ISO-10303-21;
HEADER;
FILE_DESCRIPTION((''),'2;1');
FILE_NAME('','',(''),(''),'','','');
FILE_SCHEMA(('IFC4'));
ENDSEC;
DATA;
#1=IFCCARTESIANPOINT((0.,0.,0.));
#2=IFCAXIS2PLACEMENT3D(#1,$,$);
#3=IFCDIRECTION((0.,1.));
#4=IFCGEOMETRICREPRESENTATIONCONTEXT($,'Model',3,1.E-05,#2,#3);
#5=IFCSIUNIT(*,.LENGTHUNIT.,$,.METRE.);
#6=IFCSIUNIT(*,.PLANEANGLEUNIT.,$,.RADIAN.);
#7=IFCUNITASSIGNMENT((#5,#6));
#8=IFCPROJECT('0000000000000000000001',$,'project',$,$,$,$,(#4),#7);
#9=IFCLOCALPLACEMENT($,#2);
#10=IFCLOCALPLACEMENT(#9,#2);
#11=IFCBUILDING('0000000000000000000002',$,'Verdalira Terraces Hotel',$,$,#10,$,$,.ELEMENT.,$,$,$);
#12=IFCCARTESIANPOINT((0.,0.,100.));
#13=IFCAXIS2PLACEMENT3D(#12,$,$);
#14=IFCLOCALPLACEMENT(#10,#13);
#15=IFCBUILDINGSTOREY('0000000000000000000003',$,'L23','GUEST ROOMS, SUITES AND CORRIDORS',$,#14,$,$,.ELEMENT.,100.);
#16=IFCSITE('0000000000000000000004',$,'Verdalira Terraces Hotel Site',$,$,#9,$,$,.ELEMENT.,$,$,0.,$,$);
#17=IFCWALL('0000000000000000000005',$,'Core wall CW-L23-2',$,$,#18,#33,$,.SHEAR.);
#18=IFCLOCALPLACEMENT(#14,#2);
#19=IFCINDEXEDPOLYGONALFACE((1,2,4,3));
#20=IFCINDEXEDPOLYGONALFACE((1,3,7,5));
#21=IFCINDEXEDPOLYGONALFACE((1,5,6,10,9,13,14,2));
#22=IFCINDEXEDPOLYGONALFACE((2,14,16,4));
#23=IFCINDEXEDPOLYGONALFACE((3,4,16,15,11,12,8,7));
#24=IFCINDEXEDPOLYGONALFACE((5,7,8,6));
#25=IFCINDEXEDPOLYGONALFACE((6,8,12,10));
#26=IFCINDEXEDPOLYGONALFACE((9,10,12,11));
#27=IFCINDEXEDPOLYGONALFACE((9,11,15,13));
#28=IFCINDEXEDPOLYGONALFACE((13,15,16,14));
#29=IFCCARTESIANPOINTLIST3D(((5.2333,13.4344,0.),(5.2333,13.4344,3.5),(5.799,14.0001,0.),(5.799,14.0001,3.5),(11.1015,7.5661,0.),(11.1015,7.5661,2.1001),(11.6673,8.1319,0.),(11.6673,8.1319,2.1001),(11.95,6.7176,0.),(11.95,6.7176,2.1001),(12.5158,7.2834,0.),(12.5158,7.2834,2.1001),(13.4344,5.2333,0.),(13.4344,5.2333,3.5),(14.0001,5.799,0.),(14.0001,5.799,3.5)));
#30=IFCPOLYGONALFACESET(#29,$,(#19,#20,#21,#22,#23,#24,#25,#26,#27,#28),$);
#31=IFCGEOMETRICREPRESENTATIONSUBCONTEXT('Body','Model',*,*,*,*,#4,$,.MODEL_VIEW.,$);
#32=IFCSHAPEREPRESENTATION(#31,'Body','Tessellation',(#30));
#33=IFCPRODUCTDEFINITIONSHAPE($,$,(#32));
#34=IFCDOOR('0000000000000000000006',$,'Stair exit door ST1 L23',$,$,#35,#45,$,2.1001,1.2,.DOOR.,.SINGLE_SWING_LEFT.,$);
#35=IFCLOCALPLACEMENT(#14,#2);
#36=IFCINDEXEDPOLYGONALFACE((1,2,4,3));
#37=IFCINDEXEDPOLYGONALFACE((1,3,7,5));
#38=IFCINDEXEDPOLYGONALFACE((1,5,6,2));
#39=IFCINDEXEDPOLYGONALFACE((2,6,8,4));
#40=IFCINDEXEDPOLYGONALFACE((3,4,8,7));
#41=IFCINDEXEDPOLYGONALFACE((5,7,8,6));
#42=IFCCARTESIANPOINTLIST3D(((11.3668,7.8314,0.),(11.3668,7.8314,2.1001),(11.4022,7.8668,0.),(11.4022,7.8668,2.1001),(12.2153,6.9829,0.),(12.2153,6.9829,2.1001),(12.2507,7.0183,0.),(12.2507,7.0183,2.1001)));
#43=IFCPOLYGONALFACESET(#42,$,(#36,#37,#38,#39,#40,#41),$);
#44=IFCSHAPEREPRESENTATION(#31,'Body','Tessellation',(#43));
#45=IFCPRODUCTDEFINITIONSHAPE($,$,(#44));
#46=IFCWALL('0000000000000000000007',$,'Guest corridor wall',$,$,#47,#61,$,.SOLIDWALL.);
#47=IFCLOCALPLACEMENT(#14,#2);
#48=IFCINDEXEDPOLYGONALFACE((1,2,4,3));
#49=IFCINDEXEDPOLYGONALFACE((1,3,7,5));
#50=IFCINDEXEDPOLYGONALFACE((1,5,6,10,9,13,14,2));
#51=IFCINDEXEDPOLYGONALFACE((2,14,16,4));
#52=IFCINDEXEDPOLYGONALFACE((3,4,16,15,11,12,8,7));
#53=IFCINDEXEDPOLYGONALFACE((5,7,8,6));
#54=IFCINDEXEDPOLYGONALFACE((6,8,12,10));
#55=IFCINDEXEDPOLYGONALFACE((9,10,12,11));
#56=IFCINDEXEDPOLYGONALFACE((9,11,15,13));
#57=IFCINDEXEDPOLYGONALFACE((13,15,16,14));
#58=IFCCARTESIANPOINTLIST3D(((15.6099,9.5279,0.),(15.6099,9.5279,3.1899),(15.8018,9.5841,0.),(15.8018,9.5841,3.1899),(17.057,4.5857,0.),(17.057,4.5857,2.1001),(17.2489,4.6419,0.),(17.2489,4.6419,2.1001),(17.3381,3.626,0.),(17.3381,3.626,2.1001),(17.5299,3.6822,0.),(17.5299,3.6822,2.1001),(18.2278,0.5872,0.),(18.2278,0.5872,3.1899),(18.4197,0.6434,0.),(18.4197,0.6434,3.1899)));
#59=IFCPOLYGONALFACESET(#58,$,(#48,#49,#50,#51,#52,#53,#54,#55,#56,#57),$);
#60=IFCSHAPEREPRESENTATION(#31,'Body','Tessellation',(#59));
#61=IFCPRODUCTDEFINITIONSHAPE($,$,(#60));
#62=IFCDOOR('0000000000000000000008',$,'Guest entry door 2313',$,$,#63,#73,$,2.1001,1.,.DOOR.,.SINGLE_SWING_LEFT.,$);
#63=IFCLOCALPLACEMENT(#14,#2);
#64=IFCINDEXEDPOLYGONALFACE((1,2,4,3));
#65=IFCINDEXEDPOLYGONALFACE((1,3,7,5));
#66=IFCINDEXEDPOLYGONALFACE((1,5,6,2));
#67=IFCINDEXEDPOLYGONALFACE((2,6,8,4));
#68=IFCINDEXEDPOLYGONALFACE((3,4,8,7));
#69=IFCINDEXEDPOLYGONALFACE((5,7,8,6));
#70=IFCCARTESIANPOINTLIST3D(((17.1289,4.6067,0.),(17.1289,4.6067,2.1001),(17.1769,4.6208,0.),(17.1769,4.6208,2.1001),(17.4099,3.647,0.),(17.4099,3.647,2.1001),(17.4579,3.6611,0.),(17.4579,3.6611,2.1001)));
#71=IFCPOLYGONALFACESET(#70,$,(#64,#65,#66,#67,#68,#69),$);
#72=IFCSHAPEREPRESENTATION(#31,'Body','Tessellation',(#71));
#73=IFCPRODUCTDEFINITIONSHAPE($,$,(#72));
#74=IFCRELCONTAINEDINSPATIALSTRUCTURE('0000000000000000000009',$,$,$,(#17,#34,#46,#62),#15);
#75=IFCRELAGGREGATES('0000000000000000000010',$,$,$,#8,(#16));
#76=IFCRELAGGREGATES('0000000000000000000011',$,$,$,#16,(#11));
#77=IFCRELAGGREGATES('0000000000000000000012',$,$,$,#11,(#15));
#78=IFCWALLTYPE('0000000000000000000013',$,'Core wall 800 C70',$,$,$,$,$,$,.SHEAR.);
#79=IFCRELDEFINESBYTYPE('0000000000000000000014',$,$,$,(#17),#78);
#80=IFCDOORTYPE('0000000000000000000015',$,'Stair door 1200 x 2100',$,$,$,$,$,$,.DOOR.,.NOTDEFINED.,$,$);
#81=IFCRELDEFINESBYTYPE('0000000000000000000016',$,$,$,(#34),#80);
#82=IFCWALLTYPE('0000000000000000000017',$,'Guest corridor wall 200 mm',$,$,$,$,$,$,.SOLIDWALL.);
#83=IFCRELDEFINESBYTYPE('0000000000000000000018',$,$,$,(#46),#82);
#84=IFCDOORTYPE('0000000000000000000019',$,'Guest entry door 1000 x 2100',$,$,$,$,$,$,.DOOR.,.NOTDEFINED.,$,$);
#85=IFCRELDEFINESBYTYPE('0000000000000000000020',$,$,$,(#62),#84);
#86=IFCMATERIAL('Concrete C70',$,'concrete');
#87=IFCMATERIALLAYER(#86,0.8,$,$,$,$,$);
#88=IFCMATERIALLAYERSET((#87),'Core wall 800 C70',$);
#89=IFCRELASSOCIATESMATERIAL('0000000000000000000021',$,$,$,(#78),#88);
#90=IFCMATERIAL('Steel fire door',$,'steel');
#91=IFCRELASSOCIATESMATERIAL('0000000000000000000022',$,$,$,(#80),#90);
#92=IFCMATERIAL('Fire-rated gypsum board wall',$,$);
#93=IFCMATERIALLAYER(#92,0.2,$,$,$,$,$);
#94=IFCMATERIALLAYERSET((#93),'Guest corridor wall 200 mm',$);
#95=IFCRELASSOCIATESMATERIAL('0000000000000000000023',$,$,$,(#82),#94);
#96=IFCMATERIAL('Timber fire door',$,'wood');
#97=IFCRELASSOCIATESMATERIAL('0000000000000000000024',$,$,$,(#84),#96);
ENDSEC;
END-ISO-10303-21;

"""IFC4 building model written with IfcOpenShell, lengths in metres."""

from ifc_helpers import new_model, si_unit, direction, frame, frame_2d, origin, place, context, subcontext, project, spatial, rectangle, extrude, material, layer, layer_set, type_object, element, fill, save


model = new_model("IFC4")

# Units and contexts
model_context = context("Model", 3, precision=1e-05, world=origin(), true_north=direction((0.0, 1.0)))
body_context = subcontext(model_context, "Body", "Model", "MODEL_VIEW")
ifc_project = project(units=[si_unit("LENGTHUNIT", "METRE"), si_unit("PLANEANGLEUNIT", "RADIAN")], contexts=[model_context])

# Site, building, storey
site_placement = place(None, origin())
site = spatial("IfcSite", under=ifc_project, at=site_placement, Name="Verdalira Terraces Hotel Site", CompositionType="ELEMENT", RefElevation=0.0)
building_placement = place(site_placement, origin())
building = spatial("IfcBuilding", under=site, at=building_placement, Name="Verdalira Terraces Hotel", CompositionType="ELEMENT")
storey_placement = place(building_placement, frame((0.0, 0.0, 100.0)))
storey = spatial("IfcBuildingStorey", under=building, at=storey_placement, Name="L23", Description="GUEST ROOMS, SUITES AND CORRIDORS", CompositionType="ELEMENT", Elevation=100.0)

# Walls, openings, doors
ifc_material_1 = material(Name="Concrete C70", Category="concrete")
ifc_layer_1 = layer(ifc_material_1, 0.8)
ifc_layer_set_1 = layer_set([ifc_layer_1], Name="Core wall 800 C70")
wall_type_1 = type_object("IfcWallType", Name="Core wall 800 C70", PredefinedType="SHEAR", material=ifc_layer_set_1)
wall_1_placement = place(storey_placement, frame((13.7173, 5.5161, 0.0), z_axis=(0.0, 0.0, 1.0), x_axis=(-0.707107, 0.707107, 0.0)))
wall_1 = element("IfcWall", 1, at=wall_1_placement, inside=storey, type_object=wall_type_1, Name="Core wall CW-L23-2", PredefinedType="SHEAR", context=body_context, shape_type="SweptSolid", body=[
    extrude(rectangle(XDim=11.5981, YDim=0.8, at=frame_2d((5.7991, 0.0))), origin(), (0.0, 0.0, 1.0), 3.5),
])
opening_1_placement = place(wall_1_placement, frame((2.0991, 0.0, 0.0)))
opening_1 = element("IfcOpeningElement", 2, at=opening_1_placement, cuts=wall_1, PredefinedType="OPENING", context=body_context, shape_type="SweptSolid", body=[
    extrude(rectangle(XDim=1.2, YDim=2.1001, at=frame_2d((0.6001, 1.05))), frame((0.0, 0.4099, 0.0), z_axis=(0.0, -1.0, 0.0), x_axis=(1.0, 0.0, 0.0)), (0.0, 0.0, 1.0), 0.8201),
])
ifc_material_2 = material(Name="Steel fire door", Category="steel")
door_type_1 = type_object("IfcDoorType", Name="Stair door 1200 x 2100", OperationType="NOTDEFINED", PredefinedType="DOOR", material=ifc_material_2)
door_1_placement = place(opening_1_placement, origin())
door_1 = element("IfcDoor", 3, at=door_1_placement, inside=storey, type_object=door_type_1, Name="Stair exit door ST1 L23", OperationType="SINGLE_SWING_LEFT", OverallHeight=2.1001, OverallWidth=1.2, PredefinedType="DOOR", context=body_context, shape_type="SweptSolid", body=[
    extrude(rectangle(XDim=1.2, YDim=2.1001, at=frame_2d((0.6001, 1.05))), frame((0.0, 0.0249, 0.0), z_axis=(0.0, -1.0, 0.0), x_axis=(1.0, 0.0, 0.0)), (0.0, 0.0, 1.0), 0.05),
])
fill(opening_1, door_1)
ifc_material_3 = material(Name="Fire-rated gypsum board wall")
ifc_layer_2 = layer(ifc_material_3, 0.2)
ifc_layer_set_2 = layer_set([ifc_layer_2], Name="Guest corridor wall 200 mm")
wall_type_2 = type_object("IfcWallType", Name="Guest corridor wall 200 mm", PredefinedType="SOLIDWALL", material=ifc_layer_set_2)
wall_2_placement = place(storey_placement, frame((15.7058, 9.5562, 0.0), z_axis=(0.0, 0.0, 1.0), x_axis=(0.281011, -0.959704, 0.0)))
wall_2 = element("IfcWall", 4, at=wall_2_placement, inside=storey, type_object=wall_type_2, Name="Guest corridor wall", PredefinedType="SOLIDWALL", context=body_context, shape_type="SweptSolid", body=[
    extrude(rectangle(XDim=9.3162, YDim=0.2, at=frame_2d((4.6582, 0.0))), origin(), (0.0, 0.0, 1.0), 3.1899),
])
opening_2_placement = place(wall_2_placement, frame((5.1499, 0.0, 0.0)))
opening_2 = element("IfcOpeningElement", 5, at=opening_2_placement, cuts=wall_2, PredefinedType="OPENING", context=body_context, shape_type="SweptSolid", body=[
    extrude(rectangle(XDim=1.0, YDim=2.1001, at=frame_2d((0.5, 1.05))), frame((0.0, 0.1099, 0.0), z_axis=(0.0, -1.0, 0.0), x_axis=(1.0, 0.0, 0.0)), (0.0, 0.0, 1.0), 0.22),
])
ifc_material_4 = material(Name="Timber fire door", Category="wood")
door_type_2 = type_object("IfcDoorType", Name="Guest entry door 1000 x 2100", OperationType="NOTDEFINED", PredefinedType="DOOR", material=ifc_material_4)
door_2_placement = place(opening_2_placement, origin())
door_2 = element("IfcDoor", 6, at=door_2_placement, inside=storey, type_object=door_type_2, Name="Guest entry door 2313", OperationType="SINGLE_SWING_LEFT", OverallHeight=2.1001, OverallWidth=1.0, PredefinedType="DOOR", context=body_context, shape_type="SweptSolid", body=[
    extrude(rectangle(XDim=1.0, YDim=2.1001, at=frame_2d((0.5, 1.05))), frame((0.0, 0.0249, 0.0), z_axis=(0.0, -1.0, 0.0), x_axis=(1.0, 0.0, 0.0)), (0.0, 0.0, 1.0), 0.05),
])
fill(opening_2, door_2)

save(model, "model.ifc")
